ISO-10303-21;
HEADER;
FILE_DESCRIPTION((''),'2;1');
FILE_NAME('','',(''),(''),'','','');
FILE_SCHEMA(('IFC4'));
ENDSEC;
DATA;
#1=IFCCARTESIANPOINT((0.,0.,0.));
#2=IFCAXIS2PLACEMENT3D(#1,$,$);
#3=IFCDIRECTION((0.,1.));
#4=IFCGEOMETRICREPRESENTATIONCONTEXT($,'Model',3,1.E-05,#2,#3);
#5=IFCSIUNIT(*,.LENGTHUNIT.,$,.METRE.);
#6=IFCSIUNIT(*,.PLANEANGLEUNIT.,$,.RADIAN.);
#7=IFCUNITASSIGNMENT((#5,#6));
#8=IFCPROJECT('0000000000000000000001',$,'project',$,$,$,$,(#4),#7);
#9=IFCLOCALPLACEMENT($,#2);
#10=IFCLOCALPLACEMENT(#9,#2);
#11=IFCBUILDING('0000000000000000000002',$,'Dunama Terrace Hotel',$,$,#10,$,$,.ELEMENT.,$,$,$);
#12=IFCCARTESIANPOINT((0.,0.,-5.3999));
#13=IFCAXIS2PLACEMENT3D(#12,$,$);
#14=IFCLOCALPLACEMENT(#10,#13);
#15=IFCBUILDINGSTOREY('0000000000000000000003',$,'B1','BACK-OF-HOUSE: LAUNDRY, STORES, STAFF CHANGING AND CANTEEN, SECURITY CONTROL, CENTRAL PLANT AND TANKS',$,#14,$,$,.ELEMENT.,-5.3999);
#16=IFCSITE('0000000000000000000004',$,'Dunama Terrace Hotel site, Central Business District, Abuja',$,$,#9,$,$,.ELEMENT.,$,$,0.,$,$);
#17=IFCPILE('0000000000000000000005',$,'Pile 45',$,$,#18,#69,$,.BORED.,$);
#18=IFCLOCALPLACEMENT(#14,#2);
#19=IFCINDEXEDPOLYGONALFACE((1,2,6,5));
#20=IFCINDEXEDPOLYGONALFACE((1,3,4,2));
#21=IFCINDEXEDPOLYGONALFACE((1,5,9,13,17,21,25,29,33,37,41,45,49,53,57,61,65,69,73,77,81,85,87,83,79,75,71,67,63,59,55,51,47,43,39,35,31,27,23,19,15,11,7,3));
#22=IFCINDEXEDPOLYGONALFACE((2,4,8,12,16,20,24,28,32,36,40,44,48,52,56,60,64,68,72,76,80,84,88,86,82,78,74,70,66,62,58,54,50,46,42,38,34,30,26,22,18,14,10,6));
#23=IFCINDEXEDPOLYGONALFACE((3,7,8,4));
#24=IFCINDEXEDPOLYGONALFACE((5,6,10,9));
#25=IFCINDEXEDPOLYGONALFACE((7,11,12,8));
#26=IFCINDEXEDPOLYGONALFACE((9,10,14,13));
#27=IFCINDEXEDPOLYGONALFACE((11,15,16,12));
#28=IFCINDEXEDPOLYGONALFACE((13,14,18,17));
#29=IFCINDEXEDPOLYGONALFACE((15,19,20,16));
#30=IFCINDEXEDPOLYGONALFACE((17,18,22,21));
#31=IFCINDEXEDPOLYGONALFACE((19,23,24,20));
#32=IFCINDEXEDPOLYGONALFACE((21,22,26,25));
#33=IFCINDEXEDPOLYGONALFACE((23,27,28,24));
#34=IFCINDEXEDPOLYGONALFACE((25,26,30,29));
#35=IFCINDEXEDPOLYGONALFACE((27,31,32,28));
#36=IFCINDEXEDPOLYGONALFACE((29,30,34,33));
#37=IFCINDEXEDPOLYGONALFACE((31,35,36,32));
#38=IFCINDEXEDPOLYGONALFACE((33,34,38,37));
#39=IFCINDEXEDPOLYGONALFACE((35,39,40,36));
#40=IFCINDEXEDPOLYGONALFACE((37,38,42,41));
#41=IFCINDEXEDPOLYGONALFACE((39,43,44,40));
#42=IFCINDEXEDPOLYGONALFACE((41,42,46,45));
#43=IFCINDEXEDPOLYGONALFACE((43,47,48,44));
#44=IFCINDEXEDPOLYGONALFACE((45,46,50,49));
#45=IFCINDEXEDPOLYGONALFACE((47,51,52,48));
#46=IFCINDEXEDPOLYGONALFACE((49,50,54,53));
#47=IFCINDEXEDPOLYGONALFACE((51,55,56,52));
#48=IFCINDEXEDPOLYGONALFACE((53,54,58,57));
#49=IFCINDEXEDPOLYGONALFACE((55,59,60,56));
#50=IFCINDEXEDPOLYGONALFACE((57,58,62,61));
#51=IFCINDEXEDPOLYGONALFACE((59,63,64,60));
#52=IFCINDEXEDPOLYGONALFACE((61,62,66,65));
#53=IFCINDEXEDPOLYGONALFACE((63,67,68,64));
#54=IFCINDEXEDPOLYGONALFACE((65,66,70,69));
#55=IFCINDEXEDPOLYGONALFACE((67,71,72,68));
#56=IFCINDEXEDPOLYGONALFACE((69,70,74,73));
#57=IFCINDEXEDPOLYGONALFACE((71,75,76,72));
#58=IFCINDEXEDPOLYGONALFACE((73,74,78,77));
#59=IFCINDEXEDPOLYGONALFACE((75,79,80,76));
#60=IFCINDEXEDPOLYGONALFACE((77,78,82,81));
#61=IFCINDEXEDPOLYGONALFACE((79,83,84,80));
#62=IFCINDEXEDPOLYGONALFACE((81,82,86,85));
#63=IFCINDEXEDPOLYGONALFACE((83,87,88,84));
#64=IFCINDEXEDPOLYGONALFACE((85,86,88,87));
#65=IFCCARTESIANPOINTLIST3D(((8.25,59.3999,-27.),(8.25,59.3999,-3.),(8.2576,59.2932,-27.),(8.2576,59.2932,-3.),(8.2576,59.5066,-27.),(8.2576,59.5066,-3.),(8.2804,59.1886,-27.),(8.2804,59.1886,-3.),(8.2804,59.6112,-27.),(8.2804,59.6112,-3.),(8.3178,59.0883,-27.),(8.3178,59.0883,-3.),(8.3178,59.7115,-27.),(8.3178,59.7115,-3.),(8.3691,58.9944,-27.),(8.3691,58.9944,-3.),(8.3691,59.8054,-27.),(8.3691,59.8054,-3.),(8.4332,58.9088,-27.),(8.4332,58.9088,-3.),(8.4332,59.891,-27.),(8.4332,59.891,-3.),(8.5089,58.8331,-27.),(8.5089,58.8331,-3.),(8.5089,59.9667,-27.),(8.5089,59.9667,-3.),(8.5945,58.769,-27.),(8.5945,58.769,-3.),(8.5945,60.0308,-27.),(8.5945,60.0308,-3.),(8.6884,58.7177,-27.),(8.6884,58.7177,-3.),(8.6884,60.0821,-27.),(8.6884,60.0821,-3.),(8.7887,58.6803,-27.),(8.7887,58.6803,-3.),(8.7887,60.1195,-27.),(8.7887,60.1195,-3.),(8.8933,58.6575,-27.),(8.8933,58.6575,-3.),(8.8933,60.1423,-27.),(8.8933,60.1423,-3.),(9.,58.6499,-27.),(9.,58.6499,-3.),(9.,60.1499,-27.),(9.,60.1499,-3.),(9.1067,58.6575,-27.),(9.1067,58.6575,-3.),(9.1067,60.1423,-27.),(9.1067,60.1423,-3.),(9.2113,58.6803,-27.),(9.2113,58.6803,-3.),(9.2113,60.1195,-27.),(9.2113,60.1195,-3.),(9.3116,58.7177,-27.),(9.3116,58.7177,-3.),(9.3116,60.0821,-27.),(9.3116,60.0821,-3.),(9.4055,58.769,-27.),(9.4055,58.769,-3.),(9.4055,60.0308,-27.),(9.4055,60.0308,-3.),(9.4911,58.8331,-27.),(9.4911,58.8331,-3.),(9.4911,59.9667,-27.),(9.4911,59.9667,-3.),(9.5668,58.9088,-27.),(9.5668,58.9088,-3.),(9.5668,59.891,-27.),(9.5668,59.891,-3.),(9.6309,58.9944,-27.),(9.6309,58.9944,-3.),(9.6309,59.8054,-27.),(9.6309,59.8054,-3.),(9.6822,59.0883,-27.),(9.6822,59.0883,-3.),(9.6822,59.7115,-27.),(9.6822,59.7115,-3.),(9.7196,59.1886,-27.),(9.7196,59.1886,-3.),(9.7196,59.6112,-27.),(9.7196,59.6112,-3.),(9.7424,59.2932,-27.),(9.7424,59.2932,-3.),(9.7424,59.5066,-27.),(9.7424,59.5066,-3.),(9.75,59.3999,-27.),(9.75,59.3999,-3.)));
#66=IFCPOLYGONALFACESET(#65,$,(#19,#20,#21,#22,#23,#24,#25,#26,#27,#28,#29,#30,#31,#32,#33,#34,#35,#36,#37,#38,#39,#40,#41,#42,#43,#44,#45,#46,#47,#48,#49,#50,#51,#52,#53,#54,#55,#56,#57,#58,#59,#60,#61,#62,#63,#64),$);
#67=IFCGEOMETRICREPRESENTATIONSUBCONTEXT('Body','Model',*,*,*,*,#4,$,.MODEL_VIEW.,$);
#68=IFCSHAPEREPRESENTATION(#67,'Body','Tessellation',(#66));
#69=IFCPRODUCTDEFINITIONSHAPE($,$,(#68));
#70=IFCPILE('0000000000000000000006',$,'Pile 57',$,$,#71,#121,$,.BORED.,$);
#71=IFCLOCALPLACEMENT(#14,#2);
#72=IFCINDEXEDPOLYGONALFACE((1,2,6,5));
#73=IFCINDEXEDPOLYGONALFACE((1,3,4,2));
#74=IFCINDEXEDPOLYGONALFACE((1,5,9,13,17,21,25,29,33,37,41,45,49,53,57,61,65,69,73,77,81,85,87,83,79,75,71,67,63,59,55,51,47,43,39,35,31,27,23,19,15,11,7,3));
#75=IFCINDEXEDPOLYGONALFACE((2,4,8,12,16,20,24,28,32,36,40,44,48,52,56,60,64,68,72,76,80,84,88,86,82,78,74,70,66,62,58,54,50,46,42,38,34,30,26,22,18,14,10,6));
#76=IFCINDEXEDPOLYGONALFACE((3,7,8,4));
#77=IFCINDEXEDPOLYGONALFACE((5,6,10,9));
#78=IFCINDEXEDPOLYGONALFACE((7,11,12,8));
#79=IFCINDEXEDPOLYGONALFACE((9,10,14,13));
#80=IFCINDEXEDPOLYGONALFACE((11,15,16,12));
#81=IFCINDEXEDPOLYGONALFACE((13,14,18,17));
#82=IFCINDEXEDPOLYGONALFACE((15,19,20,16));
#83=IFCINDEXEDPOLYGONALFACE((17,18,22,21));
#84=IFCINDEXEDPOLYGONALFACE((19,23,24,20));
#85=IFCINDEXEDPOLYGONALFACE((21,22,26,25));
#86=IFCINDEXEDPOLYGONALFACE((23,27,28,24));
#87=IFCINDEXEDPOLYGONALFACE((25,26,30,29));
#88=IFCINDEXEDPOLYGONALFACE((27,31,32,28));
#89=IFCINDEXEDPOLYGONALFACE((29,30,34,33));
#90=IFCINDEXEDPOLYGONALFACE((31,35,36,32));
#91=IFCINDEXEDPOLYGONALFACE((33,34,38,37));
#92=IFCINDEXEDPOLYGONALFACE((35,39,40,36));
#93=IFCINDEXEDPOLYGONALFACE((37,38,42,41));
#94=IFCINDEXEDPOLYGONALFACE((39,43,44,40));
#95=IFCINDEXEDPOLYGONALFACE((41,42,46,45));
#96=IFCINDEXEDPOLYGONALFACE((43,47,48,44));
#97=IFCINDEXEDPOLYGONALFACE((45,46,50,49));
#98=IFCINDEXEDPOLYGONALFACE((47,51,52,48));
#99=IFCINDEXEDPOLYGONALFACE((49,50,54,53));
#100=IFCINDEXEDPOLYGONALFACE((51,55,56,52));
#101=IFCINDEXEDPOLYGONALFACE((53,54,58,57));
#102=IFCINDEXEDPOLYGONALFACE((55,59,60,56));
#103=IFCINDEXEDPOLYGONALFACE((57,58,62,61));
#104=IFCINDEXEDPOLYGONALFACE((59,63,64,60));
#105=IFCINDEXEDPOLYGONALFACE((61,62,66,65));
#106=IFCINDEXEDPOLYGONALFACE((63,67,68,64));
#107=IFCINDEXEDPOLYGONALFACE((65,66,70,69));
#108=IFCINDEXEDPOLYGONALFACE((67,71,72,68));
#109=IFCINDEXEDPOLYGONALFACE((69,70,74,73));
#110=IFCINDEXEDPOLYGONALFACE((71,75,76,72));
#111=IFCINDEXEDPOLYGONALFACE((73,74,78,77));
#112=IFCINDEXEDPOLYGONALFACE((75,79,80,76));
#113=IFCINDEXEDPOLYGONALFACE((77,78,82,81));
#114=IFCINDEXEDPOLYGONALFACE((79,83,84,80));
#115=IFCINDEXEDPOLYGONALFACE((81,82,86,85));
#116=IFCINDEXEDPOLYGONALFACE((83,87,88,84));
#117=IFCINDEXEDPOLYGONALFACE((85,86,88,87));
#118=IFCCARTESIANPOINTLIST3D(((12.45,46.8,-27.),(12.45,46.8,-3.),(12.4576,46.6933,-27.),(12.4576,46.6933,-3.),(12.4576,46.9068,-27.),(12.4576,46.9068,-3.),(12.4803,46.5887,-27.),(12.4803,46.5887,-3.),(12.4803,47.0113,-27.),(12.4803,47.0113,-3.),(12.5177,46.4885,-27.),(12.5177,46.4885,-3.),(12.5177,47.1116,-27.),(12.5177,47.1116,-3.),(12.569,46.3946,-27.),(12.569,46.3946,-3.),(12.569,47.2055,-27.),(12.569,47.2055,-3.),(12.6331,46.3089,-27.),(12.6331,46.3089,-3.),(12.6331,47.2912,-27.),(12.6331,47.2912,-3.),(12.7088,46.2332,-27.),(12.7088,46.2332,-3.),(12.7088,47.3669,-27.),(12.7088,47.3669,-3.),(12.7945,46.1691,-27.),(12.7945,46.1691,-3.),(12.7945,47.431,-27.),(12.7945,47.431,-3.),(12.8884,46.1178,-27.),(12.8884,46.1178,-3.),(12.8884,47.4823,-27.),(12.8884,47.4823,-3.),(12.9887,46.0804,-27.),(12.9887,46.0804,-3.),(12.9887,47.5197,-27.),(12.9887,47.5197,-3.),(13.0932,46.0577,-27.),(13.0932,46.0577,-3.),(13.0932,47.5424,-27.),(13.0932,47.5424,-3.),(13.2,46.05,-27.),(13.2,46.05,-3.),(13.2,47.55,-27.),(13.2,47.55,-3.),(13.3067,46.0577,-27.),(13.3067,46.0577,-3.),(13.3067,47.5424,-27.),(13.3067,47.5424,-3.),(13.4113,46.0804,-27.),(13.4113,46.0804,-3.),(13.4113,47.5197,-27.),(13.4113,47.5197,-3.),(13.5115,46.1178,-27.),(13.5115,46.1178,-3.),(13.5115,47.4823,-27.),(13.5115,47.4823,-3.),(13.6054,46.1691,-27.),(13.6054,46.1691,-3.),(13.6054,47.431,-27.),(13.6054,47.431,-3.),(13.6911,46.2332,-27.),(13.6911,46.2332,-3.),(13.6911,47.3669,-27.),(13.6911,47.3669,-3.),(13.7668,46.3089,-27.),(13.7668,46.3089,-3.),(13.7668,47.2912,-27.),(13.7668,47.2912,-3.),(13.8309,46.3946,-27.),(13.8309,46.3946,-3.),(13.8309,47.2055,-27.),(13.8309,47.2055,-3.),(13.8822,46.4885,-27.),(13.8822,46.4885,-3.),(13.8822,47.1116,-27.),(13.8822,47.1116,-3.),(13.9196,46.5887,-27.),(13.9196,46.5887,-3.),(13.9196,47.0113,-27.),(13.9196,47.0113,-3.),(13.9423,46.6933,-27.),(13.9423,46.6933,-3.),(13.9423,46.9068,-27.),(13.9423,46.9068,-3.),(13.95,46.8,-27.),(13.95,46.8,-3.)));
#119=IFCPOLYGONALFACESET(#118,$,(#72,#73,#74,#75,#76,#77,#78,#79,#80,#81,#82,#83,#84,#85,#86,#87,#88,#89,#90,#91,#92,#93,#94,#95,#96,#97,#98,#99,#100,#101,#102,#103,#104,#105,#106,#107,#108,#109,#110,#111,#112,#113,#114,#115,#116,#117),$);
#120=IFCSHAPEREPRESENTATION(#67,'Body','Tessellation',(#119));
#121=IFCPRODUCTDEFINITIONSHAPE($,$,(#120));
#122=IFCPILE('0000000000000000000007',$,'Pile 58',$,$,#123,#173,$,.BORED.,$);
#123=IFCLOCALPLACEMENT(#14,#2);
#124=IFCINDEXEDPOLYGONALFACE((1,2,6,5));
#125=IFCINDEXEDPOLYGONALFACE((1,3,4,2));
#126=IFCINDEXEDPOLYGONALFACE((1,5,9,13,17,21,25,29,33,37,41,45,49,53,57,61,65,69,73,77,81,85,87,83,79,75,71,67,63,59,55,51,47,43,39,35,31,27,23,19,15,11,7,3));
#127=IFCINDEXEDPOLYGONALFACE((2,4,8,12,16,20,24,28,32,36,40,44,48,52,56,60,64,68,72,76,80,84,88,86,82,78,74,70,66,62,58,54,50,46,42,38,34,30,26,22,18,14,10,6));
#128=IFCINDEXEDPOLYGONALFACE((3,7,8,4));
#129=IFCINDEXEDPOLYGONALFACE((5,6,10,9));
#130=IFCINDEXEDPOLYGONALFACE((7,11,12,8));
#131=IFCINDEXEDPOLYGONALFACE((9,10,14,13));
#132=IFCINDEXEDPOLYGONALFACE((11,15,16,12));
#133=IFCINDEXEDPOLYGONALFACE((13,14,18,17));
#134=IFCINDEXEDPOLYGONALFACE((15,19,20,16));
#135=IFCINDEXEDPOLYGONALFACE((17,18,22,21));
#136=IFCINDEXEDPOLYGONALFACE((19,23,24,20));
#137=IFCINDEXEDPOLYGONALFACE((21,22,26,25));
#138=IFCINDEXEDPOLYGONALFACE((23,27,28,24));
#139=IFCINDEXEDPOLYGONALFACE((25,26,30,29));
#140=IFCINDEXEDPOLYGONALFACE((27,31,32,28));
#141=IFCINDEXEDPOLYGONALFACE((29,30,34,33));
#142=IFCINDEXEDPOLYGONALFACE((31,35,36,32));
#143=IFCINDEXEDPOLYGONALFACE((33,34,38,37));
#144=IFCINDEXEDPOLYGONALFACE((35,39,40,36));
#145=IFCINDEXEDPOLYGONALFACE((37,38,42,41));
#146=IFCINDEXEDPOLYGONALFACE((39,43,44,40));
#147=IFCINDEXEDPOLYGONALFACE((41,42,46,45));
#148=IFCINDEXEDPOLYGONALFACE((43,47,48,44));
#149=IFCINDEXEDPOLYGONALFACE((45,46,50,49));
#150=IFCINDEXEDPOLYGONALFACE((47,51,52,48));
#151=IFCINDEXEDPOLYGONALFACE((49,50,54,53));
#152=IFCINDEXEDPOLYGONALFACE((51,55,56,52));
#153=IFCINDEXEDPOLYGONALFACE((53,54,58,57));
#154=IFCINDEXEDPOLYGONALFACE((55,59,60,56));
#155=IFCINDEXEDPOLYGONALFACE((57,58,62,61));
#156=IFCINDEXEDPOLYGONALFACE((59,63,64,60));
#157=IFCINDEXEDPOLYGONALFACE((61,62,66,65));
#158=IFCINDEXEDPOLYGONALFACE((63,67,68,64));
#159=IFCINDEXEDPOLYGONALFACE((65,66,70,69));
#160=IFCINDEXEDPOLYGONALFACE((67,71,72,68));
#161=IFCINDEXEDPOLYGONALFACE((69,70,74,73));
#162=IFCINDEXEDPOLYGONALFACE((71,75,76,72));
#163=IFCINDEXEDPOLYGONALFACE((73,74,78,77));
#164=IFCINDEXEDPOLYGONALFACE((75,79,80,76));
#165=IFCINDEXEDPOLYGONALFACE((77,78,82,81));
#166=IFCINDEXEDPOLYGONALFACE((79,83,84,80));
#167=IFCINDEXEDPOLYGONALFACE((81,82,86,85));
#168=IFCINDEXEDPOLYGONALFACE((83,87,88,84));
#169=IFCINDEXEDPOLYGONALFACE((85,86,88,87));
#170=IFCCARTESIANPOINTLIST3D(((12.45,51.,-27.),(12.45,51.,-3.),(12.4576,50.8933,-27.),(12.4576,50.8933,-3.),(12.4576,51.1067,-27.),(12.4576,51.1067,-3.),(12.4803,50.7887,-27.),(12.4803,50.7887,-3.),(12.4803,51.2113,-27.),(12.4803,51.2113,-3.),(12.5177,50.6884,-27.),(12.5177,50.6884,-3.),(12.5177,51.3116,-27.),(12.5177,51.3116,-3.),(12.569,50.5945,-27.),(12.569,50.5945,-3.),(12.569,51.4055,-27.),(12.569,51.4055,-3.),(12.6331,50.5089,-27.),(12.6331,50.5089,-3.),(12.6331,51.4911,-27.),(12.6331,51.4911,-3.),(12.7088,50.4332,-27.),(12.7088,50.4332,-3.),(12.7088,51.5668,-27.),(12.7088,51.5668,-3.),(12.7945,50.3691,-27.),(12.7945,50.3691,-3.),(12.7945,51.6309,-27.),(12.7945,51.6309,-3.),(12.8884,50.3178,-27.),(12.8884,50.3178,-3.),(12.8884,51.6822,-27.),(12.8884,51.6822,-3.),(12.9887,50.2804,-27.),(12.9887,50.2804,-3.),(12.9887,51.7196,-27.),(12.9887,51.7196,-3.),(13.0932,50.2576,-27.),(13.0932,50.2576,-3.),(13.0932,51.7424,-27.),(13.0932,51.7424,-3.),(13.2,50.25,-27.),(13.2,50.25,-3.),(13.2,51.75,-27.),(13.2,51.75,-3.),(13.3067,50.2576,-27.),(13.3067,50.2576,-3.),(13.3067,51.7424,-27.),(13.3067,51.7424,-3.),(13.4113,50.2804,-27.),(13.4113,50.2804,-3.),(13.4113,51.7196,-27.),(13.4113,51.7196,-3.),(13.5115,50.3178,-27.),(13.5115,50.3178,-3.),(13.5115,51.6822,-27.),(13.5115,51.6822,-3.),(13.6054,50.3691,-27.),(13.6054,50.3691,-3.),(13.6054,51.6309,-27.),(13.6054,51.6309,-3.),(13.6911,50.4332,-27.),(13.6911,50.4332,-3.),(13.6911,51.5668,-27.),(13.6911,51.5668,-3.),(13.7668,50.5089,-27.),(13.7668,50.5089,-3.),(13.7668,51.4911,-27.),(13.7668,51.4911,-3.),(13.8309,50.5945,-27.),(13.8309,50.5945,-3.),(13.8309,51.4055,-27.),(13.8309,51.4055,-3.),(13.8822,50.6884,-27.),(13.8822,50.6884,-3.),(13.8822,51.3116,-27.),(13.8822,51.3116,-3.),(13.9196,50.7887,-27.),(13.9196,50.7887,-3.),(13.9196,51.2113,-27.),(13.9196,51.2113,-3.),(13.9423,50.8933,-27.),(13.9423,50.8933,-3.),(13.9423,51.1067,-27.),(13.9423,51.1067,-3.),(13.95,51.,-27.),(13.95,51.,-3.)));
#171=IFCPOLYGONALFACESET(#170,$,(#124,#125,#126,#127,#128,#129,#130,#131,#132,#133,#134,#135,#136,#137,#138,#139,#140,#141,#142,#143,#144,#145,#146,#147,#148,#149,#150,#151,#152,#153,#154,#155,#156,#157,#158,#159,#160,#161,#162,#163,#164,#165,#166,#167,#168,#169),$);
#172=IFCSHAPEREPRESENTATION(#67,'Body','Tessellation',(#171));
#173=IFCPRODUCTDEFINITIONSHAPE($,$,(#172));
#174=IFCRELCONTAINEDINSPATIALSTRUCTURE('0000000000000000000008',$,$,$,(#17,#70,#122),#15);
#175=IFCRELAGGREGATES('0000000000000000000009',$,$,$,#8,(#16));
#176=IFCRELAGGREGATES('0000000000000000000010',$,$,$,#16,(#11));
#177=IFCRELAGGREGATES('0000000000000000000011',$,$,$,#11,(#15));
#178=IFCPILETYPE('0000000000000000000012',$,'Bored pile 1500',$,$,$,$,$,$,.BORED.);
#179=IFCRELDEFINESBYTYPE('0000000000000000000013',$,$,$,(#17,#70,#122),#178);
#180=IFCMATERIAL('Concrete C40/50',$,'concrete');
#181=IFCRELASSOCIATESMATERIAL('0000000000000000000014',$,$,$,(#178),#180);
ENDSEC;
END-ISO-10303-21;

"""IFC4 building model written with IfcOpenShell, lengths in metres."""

from ifc_helpers import new_model, si_unit, direction, frame, origin, origin_2d, place, context, subcontext, project, spatial, circle, extrude, material, material_profile, profile_set, type_object, element, save


model = new_model("IFC4")

# Units and contexts
model_context = context("Model", 3, precision=1e-05, world=origin(), true_north=direction((0.0, 1.0)))
body_context = subcontext(model_context, "Body", "Model", "MODEL_VIEW")
ifc_project = project(units=[si_unit("LENGTHUNIT", "METRE"), si_unit("PLANEANGLEUNIT", "RADIAN")], contexts=[model_context])

# Site, building, storey
site_placement = place(None, origin())
site = spatial("IfcSite", under=ifc_project, at=site_placement, Name="Dunama Terrace Hotel site, Central Business District, Abuja", CompositionType="ELEMENT", RefElevation=0.0)
building_placement = place(site_placement, origin())
building = spatial("IfcBuilding", under=site, at=building_placement, Name="Dunama Terrace Hotel", CompositionType="ELEMENT")
storey_placement = place(building_placement, frame((0.0, 0.0, -5.3999)))
storey = spatial("IfcBuildingStorey", under=building, at=storey_placement, Name="B1", Description="BACK-OF-HOUSE: LAUNDRY, STORES, STAFF CHANGING AND CANTEEN, SECURITY CONTROL, CENTRAL PLANT AND TANKS", CompositionType="ELEMENT", Elevation=-5.3999)

# Piles
ifc_material_1 = material(Name="Concrete C40/50", Category="concrete")
ifc_material_profile_1 = material_profile(ifc_material_1, circle(Radius=0.75, at=origin_2d()), Name="PILE D1500")
ifc_profile_set_1 = profile_set([ifc_material_profile_1], Name="Concrete C40/50")
pile_type = type_object("IfcPileType", Name="Bored pile 1500", PredefinedType="BORED", material=ifc_profile_set_1)
for number, where, z_axis, x_axis, name in (
    (1, (9.0, 59.3999, -3.0), (0.0, 0.0, -1.0), (1.0, 0.0, 0.0), "Pile 45"),
    (2, (13.2, 46.8, -3.0), (0.0, 0.0, -1.0), (1.0, 0.0, 0.0), "Pile 57"),
    (3, (13.2, 51.0, -3.0), (0.0, 0.0, -1.0), (1.0, 0.0, 0.0), "Pile 58"),
):
    element("IfcPile", number, at=place(storey_placement, frame(where, z_axis=z_axis, x_axis=x_axis)), inside=storey, type_object=pile_type, Name=name, PredefinedType="BORED", context=body_context, shape_type="SweptSolid", body=[
        extrude(circle(Radius=0.75, at=origin_2d()), origin(), (0.0, 0.0, 1.0), 24.0),
    ])

save(model, "model.ifc")
